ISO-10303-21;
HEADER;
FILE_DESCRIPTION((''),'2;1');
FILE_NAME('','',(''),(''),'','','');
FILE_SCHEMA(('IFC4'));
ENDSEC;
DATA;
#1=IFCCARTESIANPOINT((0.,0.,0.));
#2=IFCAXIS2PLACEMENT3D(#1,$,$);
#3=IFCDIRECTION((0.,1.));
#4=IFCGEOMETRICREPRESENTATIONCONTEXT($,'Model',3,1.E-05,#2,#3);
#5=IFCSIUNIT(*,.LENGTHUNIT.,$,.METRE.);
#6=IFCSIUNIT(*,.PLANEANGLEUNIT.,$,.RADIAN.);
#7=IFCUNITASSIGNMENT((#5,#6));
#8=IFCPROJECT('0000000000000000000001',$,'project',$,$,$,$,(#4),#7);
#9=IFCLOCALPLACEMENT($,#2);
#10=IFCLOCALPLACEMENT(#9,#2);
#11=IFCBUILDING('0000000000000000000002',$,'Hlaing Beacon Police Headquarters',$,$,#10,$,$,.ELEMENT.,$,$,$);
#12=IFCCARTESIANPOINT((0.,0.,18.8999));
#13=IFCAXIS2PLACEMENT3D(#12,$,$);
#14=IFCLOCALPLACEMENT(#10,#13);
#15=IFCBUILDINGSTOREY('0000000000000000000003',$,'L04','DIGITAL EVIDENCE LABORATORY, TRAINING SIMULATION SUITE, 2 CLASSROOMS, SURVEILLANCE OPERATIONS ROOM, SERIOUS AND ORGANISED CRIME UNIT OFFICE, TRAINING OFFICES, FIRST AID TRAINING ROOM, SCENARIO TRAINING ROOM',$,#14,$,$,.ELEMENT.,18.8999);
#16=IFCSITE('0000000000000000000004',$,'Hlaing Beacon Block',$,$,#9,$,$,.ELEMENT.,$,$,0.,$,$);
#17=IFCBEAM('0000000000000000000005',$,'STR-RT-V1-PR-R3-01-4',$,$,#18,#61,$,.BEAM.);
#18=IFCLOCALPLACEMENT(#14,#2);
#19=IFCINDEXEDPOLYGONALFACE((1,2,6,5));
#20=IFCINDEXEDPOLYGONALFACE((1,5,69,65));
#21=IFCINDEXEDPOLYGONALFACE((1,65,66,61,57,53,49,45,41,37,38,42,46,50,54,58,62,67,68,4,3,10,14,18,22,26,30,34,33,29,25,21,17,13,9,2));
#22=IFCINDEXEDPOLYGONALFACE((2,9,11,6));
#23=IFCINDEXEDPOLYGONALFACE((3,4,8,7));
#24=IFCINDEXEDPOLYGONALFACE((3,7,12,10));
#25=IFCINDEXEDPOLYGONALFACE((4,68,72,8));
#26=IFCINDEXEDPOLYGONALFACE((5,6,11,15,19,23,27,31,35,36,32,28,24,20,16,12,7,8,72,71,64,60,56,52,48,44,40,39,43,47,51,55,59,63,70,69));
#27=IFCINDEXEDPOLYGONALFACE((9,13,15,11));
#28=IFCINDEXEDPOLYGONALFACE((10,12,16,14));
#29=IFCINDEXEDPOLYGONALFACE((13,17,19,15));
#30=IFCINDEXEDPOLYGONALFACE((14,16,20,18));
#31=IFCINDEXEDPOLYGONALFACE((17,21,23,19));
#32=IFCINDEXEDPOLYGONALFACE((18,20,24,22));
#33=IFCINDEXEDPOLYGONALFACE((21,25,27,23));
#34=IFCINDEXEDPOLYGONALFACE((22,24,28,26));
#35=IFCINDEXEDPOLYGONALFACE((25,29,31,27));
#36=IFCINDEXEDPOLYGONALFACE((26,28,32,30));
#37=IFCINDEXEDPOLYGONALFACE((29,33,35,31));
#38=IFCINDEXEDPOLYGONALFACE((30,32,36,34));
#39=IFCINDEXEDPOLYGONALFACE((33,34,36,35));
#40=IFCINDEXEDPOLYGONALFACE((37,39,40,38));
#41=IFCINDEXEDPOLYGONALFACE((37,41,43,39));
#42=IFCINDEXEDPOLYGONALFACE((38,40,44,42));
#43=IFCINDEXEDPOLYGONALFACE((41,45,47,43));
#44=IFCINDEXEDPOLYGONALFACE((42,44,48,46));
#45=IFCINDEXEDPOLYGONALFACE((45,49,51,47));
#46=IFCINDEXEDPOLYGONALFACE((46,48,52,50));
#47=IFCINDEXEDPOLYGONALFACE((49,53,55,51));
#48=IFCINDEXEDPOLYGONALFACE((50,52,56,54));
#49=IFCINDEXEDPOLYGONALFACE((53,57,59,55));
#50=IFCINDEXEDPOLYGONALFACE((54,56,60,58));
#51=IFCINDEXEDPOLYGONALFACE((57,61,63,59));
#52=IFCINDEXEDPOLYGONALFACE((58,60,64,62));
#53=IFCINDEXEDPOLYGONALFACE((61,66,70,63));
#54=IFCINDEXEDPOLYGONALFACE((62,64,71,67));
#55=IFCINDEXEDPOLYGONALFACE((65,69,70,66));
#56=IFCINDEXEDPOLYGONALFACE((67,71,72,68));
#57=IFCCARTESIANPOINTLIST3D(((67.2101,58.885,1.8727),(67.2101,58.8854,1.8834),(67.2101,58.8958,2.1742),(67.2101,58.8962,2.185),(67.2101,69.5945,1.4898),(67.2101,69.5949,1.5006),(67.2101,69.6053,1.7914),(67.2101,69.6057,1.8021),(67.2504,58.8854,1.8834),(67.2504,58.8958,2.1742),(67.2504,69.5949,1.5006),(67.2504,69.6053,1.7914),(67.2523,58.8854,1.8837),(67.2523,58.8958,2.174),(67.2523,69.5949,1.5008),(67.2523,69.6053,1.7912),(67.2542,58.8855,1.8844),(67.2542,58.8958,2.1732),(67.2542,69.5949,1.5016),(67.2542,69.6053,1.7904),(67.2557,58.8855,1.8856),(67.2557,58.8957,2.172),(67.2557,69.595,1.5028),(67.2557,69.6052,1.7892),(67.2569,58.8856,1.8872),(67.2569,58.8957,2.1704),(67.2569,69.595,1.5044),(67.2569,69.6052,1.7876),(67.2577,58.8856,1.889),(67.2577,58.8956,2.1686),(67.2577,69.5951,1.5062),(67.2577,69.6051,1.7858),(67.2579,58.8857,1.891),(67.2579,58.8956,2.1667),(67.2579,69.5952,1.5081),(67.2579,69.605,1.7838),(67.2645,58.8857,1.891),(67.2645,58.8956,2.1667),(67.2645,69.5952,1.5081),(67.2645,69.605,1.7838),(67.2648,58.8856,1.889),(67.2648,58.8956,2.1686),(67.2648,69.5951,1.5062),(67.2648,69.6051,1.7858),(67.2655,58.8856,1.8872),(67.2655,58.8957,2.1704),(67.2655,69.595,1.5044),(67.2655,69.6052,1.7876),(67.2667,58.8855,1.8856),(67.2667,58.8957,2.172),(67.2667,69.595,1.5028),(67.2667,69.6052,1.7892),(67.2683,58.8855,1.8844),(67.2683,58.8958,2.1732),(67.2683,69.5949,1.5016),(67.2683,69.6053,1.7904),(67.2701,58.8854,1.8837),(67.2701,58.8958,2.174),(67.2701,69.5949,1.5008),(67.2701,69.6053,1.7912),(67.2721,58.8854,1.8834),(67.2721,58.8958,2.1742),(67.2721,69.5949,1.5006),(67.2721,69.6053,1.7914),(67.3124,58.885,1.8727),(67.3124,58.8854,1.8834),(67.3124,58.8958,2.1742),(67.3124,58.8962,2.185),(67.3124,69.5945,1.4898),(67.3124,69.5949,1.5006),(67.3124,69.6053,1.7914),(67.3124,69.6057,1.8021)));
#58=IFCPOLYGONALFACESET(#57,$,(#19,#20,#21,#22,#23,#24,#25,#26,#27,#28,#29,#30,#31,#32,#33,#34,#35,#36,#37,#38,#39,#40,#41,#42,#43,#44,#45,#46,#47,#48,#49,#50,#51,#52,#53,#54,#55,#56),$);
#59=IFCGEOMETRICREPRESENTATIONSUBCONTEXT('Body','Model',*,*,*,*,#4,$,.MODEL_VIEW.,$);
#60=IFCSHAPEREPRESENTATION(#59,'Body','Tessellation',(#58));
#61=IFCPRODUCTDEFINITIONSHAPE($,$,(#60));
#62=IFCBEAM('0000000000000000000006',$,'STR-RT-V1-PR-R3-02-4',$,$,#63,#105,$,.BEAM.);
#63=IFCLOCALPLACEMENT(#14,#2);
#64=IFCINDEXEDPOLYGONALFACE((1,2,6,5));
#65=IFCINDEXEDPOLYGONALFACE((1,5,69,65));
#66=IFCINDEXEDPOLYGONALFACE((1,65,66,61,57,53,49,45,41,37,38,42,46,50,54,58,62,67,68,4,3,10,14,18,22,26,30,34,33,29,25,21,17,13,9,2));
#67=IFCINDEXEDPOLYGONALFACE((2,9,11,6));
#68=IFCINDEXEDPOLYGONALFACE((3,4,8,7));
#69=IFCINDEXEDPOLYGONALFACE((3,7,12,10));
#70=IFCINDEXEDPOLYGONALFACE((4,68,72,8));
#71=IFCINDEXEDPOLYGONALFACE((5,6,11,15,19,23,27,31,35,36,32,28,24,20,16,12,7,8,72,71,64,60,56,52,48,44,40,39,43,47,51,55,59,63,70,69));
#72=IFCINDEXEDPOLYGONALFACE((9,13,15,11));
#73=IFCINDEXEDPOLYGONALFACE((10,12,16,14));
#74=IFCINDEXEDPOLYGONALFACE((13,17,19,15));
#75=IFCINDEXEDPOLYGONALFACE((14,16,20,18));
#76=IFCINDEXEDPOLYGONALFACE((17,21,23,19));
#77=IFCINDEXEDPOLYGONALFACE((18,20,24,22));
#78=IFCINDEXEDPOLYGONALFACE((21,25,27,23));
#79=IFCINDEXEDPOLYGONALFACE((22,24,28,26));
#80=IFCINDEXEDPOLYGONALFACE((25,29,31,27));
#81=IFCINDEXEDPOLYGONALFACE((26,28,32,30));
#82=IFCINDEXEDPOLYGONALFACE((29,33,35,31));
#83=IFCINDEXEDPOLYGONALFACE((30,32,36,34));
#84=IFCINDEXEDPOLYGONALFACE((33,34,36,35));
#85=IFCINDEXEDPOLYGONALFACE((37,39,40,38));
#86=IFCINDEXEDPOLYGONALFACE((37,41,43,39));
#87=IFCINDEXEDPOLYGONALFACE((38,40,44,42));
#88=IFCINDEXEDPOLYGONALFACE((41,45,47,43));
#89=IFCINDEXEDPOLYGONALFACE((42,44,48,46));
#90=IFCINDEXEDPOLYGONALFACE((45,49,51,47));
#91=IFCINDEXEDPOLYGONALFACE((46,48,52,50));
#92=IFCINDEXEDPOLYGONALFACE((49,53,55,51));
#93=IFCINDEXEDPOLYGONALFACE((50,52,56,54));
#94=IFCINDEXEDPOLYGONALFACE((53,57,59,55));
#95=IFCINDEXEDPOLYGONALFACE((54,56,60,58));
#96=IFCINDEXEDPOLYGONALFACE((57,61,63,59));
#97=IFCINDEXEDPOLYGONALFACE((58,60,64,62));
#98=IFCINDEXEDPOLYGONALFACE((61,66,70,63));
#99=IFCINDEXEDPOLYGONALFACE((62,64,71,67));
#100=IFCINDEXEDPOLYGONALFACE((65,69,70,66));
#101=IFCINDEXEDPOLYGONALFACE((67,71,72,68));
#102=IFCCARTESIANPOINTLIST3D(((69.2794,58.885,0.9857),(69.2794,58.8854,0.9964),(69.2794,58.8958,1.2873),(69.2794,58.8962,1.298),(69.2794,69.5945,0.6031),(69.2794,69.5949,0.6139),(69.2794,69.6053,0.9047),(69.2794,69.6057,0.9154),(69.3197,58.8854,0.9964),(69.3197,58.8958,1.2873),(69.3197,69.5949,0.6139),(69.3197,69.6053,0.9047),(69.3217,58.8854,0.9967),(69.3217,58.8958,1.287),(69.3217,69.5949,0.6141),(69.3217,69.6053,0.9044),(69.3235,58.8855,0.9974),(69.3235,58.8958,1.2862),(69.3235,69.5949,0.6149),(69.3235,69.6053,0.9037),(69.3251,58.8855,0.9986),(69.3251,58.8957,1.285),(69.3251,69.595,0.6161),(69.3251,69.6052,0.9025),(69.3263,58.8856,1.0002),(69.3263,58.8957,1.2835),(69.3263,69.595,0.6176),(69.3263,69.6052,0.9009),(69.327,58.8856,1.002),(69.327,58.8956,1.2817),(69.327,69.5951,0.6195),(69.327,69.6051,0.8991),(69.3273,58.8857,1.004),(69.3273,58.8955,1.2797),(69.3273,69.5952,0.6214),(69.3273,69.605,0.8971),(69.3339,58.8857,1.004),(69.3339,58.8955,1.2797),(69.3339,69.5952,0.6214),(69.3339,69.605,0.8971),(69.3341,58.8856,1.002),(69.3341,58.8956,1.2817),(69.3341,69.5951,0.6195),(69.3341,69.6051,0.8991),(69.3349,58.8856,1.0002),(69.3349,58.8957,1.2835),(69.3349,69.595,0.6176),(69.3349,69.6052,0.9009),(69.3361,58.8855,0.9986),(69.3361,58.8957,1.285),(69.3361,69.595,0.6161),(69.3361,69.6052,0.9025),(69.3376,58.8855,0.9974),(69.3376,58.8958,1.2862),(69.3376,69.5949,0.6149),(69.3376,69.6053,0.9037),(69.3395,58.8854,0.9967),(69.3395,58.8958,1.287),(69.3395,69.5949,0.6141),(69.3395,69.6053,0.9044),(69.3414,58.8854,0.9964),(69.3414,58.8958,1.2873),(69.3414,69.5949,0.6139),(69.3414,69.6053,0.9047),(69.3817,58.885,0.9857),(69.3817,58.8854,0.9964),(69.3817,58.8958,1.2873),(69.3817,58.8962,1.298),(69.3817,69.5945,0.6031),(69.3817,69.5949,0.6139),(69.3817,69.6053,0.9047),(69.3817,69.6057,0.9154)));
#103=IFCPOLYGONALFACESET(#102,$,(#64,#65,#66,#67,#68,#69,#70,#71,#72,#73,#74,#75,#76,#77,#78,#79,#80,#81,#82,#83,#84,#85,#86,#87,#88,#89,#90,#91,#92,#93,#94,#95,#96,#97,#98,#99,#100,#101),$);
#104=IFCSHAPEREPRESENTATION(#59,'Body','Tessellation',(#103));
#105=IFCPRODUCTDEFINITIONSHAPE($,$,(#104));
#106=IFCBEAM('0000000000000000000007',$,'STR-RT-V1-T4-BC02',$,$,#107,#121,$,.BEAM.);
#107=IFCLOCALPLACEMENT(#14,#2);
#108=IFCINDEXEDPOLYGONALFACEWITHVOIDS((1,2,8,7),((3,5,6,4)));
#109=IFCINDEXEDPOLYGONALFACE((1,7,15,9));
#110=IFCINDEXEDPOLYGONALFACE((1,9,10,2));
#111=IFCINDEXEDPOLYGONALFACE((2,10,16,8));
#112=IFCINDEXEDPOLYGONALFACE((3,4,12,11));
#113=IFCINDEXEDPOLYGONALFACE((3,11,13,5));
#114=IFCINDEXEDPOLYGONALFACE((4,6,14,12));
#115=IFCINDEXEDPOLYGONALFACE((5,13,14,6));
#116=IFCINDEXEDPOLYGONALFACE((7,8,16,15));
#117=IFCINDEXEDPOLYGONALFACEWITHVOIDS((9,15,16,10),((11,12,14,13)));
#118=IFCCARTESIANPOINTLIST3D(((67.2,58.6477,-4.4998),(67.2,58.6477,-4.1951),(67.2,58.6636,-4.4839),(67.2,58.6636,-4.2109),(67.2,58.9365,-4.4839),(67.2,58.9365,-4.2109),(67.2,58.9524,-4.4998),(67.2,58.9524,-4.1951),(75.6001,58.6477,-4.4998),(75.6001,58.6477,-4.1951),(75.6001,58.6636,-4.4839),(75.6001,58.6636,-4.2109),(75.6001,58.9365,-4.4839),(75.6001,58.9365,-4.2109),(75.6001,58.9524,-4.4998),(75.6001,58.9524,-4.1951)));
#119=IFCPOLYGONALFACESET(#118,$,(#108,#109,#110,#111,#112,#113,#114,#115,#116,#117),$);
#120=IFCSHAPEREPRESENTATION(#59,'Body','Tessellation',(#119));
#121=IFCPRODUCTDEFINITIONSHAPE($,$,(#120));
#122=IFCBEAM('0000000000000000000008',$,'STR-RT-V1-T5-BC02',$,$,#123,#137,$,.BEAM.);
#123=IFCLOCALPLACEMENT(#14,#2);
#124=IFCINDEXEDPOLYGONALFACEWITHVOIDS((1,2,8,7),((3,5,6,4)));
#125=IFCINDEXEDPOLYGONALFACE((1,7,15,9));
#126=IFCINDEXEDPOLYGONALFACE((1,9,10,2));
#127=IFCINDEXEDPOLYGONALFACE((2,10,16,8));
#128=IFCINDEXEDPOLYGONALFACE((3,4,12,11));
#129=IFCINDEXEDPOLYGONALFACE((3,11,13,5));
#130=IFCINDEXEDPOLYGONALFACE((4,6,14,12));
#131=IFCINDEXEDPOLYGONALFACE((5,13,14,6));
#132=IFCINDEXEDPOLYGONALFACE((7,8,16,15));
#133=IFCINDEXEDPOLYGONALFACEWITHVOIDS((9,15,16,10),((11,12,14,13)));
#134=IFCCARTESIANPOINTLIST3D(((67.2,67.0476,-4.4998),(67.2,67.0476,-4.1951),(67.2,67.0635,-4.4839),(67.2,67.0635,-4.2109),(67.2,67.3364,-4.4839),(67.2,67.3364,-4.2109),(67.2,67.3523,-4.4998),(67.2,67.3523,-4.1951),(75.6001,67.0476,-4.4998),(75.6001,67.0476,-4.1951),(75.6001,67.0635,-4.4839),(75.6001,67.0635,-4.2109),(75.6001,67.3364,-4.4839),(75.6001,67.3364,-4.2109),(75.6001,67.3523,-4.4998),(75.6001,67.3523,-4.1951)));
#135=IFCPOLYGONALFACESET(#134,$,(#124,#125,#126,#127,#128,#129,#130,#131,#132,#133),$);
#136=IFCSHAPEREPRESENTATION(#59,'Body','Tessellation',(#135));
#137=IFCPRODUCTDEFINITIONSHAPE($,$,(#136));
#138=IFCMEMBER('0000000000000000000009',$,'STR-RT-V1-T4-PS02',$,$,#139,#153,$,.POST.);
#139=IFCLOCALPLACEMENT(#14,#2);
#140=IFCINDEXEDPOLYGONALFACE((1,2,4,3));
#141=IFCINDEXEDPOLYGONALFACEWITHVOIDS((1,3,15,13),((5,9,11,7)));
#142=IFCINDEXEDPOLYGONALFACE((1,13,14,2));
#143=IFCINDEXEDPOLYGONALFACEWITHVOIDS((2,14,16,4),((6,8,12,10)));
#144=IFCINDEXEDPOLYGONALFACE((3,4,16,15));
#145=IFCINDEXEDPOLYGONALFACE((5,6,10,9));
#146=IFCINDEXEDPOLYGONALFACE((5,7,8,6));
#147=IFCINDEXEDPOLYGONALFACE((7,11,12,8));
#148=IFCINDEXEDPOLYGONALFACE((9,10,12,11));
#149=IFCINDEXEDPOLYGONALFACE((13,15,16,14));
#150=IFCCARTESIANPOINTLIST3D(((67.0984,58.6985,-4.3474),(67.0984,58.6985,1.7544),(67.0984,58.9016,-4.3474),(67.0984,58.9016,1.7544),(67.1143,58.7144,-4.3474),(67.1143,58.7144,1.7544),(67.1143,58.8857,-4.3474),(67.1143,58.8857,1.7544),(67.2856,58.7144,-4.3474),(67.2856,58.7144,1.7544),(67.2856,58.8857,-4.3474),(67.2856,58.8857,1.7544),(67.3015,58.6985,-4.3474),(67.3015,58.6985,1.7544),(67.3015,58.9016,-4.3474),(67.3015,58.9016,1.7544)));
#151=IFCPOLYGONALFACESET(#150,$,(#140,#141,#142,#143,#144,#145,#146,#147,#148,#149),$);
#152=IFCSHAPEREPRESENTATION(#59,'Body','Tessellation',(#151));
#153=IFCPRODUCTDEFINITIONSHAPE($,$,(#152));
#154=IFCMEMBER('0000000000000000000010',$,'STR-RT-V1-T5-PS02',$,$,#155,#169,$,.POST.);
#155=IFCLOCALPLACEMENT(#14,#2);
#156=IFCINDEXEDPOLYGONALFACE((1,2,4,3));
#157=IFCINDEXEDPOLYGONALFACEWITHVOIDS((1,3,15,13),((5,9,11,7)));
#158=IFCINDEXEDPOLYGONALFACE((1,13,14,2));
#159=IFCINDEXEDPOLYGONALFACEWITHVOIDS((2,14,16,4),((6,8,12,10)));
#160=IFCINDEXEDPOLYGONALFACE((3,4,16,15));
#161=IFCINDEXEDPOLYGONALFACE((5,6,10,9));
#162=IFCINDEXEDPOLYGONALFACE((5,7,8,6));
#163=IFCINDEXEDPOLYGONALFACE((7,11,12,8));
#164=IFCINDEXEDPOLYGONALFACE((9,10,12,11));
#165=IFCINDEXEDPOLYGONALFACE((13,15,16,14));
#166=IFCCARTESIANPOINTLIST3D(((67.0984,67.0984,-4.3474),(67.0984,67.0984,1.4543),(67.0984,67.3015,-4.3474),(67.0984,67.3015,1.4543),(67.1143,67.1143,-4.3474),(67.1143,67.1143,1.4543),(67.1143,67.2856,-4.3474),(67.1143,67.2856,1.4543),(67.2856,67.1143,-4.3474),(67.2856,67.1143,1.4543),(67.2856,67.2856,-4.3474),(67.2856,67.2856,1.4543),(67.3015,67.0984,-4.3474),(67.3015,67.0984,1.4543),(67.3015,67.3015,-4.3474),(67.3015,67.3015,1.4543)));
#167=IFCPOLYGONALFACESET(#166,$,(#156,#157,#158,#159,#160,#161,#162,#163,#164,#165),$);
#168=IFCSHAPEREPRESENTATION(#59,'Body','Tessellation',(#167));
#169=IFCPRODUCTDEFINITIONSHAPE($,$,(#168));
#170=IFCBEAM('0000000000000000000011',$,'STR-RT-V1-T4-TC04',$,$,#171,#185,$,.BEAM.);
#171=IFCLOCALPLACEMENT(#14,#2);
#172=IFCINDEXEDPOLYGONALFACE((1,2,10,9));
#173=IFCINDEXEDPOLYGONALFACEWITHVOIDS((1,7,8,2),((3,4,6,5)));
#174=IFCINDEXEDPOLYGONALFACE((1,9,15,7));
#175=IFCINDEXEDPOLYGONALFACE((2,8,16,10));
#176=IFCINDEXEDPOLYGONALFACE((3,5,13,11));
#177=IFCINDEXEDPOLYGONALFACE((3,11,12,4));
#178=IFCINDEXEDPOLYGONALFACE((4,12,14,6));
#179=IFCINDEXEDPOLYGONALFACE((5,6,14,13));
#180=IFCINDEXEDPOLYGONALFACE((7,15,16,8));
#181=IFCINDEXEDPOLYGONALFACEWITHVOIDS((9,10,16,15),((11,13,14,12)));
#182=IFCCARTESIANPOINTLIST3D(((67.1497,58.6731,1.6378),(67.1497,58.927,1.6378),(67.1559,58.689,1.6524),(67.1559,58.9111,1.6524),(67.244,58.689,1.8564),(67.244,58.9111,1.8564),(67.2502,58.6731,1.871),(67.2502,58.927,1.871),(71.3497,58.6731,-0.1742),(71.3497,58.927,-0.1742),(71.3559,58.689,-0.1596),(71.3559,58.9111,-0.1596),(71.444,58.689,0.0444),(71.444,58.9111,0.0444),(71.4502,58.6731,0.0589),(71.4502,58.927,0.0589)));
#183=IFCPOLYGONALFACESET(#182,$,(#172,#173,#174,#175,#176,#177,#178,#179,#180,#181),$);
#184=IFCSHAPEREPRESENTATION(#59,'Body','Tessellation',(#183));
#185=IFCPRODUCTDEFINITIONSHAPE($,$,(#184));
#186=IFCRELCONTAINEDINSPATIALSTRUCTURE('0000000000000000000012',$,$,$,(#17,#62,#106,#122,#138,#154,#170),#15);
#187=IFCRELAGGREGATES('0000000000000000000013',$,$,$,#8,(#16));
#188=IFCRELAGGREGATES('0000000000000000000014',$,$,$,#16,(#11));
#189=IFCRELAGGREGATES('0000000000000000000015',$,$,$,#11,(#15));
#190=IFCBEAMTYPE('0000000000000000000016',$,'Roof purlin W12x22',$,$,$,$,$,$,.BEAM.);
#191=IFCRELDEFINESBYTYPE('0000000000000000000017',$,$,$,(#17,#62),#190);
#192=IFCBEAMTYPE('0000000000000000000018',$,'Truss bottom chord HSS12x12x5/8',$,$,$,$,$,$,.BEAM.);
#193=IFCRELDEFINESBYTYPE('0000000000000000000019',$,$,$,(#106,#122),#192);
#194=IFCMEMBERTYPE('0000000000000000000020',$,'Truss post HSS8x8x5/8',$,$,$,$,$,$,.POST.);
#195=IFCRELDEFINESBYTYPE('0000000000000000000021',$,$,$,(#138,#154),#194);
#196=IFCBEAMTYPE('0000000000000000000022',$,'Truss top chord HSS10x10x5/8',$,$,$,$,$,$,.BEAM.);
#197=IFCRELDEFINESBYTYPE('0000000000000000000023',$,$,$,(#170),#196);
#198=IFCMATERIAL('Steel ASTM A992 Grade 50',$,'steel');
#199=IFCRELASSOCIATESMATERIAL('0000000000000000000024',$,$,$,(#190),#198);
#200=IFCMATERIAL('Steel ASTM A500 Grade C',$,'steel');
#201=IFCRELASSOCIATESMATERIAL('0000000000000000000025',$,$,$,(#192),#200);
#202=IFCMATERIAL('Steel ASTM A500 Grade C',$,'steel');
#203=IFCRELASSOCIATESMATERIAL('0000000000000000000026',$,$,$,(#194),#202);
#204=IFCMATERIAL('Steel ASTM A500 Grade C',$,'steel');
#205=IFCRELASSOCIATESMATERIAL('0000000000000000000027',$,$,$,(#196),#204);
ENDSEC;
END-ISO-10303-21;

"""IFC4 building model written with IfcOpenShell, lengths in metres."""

from ifc_helpers import new_model, si_unit, direction, frame, origin, origin_2d, place, context, subcontext, project, spatial, hollow_rectangle, i_section, extrude, material, material_profile, profile_set, type_object, element, save


model = new_model("IFC4")

# Units and contexts
model_context = context("Model", 3, precision=1e-05, world=origin(), true_north=direction((0.0, 1.0)))
body_context = subcontext(model_context, "Body", "Model", "MODEL_VIEW")
ifc_project = project(units=[si_unit("LENGTHUNIT", "METRE"), si_unit("PLANEANGLEUNIT", "RADIAN")], contexts=[model_context])

# Site, building, storey
site_placement = place(None, origin())
site = spatial("IfcSite", under=ifc_project, at=site_placement, Name="Hlaing Beacon Block", CompositionType="ELEMENT", RefElevation=0.0)
building_placement = place(site_placement, origin())
building = spatial("IfcBuilding", under=site, at=building_placement, Name="Hlaing Beacon Police Headquarters", CompositionType="ELEMENT")
storey_placement = place(building_placement, frame((0.0, 0.0, 18.8999)))
storey = spatial("IfcBuildingStorey", under=building, at=storey_placement, Name="L04", Description="DIGITAL EVIDENCE LABORATORY, TRAINING SIMULATION SUITE, 2 CLASSROOMS, SURVEILLANCE OPERATIONS ROOM, SERIOUS AND ORGANISED CRIME UNIT OFFICE, TRAINING OFFICES, FIRST AID TRAINING ROOM, SCENARIO TRAINING ROOM", CompositionType="ELEMENT", Elevation=18.8999)

# Beams
ifc_material_1 = material(Name="Steel ASTM A992 Grade 50", Category="steel")
ifc_material_profile_1 = material_profile(ifc_material_1, i_section(OverallWidth=0.1023, OverallDepth=0.3125, WebThickness=0.0066, FlangeThickness=0.0107, FilletRadius=0.0076, at=origin_2d()), Name="W12x22")
ifc_profile_set_1 = profile_set([ifc_material_profile_1], Name="Steel ASTM A992 Grade 50")
beam_type_1 = type_object("IfcBeamType", Name="Roof purlin W12x22", PredefinedType="BEAM", material=ifc_profile_set_1)
for number, where, z_axis, x_axis, name in (
    (1, (67.2612, 58.8906, 2.0288), (0.0, 0.999362, -0.035722), (-1.0, 0.0, 0.0), "STR-RT-V1-PR-R3-01-4"),
    (2, (69.3306, 58.8906, 1.1418), (0.0, 0.999363, -0.0357), (-1.0, 0.0, 0.0), "STR-RT-V1-PR-R3-02-4"),
):
    element("IfcBeam", number, at=place(storey_placement, frame(where, z_axis=z_axis, x_axis=x_axis)), inside=storey, type_object=beam_type_1, Name=name, PredefinedType="BEAM", context=body_context, shape_type="SweptSolid", body=[
        extrude(i_section(OverallWidth=0.1023, OverallDepth=0.3125, WebThickness=0.0066, FlangeThickness=0.0107, FilletRadius=0.0076, at=origin_2d()), origin(), (0.0, 0.0, 1.0), 10.7163),
    ])
ifc_material_2 = material(Name="Steel ASTM A500 Grade C", Category="steel")
ifc_material_profile_2 = material_profile(ifc_material_2, hollow_rectangle(XDim=0.3047, YDim=0.3047, WallThickness=0.0159, at=origin_2d()), Name="HSS12x12x5/8")
ifc_profile_set_2 = profile_set([ifc_material_profile_2], Name="Steel ASTM A500 Grade C")
beam_type_2 = type_object("IfcBeamType", Name="Truss bottom chord HSS12x12x5/8", PredefinedType="BEAM", material=ifc_profile_set_2)
for number, where, z_axis, x_axis, name in (
    (3, (67.2, 58.8, -4.3474), (1.0, 0.0, 0.0), (0.0, 1.0, 0.0), "STR-RT-V1-T4-BC02"),
    (4, (67.2, 67.2, -4.3474), (1.0, 0.0, 0.0), (0.0, 1.0, 0.0), "STR-RT-V1-T5-BC02"),
):
    element("IfcBeam", number, at=place(storey_placement, frame(where, z_axis=z_axis, x_axis=x_axis)), inside=storey, type_object=beam_type_2, Name=name, PredefinedType="BEAM", context=body_context, shape_type="SweptSolid", body=[
        extrude(hollow_rectangle(XDim=0.3047, YDim=0.3047, WallThickness=0.0159, at=origin_2d()), origin(), (0.0, 0.0, 1.0), 8.4001),
    ])

# Members
ifc_material_3 = material(Name="Steel ASTM A500 Grade C", Category="steel")
ifc_material_profile_3 = material_profile(ifc_material_3, hollow_rectangle(XDim=0.2031, YDim=0.2031, WallThickness=0.0159, at=origin_2d()), Name="HSS8x8x5/8")
ifc_profile_set_3 = profile_set([ifc_material_profile_3], Name="Steel ASTM A500 Grade C")
member_type_1 = type_object("IfcMemberType", Name="Truss post HSS8x8x5/8", PredefinedType="POST", material=ifc_profile_set_3)
member_1_placement = place(storey_placement, frame((67.2, 58.8, -4.3474), z_axis=(0.0, 0.0, 1.0), x_axis=(1.0, 0.0, 0.0)))
element("IfcMember", 5, at=member_1_placement, inside=storey, type_object=member_type_1, Name="STR-RT-V1-T4-PS02", PredefinedType="POST", context=body_context, shape_type="SweptSolid", body=[
    extrude(hollow_rectangle(XDim=0.2031, YDim=0.2031, WallThickness=0.0159, at=origin_2d()), origin(), (0.0, 0.0, 1.0), 6.1018),
])
member_2_placement = place(storey_placement, frame((67.2, 67.2, -4.3474), z_axis=(0.0, 0.0, 1.0), x_axis=(1.0, 0.0, 0.0)))
element("IfcMember", 6, at=member_2_placement, inside=storey, type_object=member_type_1, Name="STR-RT-V1-T5-PS02", PredefinedType="POST", context=body_context, shape_type="SweptSolid", body=[
    extrude(hollow_rectangle(XDim=0.2031, YDim=0.2031, WallThickness=0.0159, at=origin_2d()), origin(), (0.0, 0.0, 1.0), 5.8018),
])

# Beam
ifc_material_4 = material(Name="Steel ASTM A500 Grade C", Category="steel")
ifc_material_profile_4 = material_profile(ifc_material_4, hollow_rectangle(XDim=0.2539, YDim=0.2539, WallThickness=0.0159, at=origin_2d()), Name="HSS10x10x5/8")
ifc_profile_set_4 = profile_set([ifc_material_profile_4], Name="Steel ASTM A500 Grade C")
beam_type_3 = type_object("IfcBeamType", Name="Truss top chord HSS10x10x5/8", PredefinedType="BEAM", material=ifc_profile_set_4)
for number, where, z_axis, x_axis, name in (
    (7, (67.2, 58.8, 1.7544), (0.91819, 0.0, -0.396141), (0.0, 1.0, 0.0), "STR-RT-V1-T4-TC04"),
):
    element("IfcBeam", number, at=place(storey_placement, frame(where, z_axis=z_axis, x_axis=x_axis)), inside=storey, type_object=beam_type_3, Name=name, PredefinedType="BEAM", context=body_context, shape_type="SweptSolid", body=[
        extrude(hollow_rectangle(XDim=0.2539, YDim=0.2539, WallThickness=0.0159, at=origin_2d()), origin(), (0.0, 0.0, 1.0), 4.5742),
    ])

save(model, "model.ifc")
